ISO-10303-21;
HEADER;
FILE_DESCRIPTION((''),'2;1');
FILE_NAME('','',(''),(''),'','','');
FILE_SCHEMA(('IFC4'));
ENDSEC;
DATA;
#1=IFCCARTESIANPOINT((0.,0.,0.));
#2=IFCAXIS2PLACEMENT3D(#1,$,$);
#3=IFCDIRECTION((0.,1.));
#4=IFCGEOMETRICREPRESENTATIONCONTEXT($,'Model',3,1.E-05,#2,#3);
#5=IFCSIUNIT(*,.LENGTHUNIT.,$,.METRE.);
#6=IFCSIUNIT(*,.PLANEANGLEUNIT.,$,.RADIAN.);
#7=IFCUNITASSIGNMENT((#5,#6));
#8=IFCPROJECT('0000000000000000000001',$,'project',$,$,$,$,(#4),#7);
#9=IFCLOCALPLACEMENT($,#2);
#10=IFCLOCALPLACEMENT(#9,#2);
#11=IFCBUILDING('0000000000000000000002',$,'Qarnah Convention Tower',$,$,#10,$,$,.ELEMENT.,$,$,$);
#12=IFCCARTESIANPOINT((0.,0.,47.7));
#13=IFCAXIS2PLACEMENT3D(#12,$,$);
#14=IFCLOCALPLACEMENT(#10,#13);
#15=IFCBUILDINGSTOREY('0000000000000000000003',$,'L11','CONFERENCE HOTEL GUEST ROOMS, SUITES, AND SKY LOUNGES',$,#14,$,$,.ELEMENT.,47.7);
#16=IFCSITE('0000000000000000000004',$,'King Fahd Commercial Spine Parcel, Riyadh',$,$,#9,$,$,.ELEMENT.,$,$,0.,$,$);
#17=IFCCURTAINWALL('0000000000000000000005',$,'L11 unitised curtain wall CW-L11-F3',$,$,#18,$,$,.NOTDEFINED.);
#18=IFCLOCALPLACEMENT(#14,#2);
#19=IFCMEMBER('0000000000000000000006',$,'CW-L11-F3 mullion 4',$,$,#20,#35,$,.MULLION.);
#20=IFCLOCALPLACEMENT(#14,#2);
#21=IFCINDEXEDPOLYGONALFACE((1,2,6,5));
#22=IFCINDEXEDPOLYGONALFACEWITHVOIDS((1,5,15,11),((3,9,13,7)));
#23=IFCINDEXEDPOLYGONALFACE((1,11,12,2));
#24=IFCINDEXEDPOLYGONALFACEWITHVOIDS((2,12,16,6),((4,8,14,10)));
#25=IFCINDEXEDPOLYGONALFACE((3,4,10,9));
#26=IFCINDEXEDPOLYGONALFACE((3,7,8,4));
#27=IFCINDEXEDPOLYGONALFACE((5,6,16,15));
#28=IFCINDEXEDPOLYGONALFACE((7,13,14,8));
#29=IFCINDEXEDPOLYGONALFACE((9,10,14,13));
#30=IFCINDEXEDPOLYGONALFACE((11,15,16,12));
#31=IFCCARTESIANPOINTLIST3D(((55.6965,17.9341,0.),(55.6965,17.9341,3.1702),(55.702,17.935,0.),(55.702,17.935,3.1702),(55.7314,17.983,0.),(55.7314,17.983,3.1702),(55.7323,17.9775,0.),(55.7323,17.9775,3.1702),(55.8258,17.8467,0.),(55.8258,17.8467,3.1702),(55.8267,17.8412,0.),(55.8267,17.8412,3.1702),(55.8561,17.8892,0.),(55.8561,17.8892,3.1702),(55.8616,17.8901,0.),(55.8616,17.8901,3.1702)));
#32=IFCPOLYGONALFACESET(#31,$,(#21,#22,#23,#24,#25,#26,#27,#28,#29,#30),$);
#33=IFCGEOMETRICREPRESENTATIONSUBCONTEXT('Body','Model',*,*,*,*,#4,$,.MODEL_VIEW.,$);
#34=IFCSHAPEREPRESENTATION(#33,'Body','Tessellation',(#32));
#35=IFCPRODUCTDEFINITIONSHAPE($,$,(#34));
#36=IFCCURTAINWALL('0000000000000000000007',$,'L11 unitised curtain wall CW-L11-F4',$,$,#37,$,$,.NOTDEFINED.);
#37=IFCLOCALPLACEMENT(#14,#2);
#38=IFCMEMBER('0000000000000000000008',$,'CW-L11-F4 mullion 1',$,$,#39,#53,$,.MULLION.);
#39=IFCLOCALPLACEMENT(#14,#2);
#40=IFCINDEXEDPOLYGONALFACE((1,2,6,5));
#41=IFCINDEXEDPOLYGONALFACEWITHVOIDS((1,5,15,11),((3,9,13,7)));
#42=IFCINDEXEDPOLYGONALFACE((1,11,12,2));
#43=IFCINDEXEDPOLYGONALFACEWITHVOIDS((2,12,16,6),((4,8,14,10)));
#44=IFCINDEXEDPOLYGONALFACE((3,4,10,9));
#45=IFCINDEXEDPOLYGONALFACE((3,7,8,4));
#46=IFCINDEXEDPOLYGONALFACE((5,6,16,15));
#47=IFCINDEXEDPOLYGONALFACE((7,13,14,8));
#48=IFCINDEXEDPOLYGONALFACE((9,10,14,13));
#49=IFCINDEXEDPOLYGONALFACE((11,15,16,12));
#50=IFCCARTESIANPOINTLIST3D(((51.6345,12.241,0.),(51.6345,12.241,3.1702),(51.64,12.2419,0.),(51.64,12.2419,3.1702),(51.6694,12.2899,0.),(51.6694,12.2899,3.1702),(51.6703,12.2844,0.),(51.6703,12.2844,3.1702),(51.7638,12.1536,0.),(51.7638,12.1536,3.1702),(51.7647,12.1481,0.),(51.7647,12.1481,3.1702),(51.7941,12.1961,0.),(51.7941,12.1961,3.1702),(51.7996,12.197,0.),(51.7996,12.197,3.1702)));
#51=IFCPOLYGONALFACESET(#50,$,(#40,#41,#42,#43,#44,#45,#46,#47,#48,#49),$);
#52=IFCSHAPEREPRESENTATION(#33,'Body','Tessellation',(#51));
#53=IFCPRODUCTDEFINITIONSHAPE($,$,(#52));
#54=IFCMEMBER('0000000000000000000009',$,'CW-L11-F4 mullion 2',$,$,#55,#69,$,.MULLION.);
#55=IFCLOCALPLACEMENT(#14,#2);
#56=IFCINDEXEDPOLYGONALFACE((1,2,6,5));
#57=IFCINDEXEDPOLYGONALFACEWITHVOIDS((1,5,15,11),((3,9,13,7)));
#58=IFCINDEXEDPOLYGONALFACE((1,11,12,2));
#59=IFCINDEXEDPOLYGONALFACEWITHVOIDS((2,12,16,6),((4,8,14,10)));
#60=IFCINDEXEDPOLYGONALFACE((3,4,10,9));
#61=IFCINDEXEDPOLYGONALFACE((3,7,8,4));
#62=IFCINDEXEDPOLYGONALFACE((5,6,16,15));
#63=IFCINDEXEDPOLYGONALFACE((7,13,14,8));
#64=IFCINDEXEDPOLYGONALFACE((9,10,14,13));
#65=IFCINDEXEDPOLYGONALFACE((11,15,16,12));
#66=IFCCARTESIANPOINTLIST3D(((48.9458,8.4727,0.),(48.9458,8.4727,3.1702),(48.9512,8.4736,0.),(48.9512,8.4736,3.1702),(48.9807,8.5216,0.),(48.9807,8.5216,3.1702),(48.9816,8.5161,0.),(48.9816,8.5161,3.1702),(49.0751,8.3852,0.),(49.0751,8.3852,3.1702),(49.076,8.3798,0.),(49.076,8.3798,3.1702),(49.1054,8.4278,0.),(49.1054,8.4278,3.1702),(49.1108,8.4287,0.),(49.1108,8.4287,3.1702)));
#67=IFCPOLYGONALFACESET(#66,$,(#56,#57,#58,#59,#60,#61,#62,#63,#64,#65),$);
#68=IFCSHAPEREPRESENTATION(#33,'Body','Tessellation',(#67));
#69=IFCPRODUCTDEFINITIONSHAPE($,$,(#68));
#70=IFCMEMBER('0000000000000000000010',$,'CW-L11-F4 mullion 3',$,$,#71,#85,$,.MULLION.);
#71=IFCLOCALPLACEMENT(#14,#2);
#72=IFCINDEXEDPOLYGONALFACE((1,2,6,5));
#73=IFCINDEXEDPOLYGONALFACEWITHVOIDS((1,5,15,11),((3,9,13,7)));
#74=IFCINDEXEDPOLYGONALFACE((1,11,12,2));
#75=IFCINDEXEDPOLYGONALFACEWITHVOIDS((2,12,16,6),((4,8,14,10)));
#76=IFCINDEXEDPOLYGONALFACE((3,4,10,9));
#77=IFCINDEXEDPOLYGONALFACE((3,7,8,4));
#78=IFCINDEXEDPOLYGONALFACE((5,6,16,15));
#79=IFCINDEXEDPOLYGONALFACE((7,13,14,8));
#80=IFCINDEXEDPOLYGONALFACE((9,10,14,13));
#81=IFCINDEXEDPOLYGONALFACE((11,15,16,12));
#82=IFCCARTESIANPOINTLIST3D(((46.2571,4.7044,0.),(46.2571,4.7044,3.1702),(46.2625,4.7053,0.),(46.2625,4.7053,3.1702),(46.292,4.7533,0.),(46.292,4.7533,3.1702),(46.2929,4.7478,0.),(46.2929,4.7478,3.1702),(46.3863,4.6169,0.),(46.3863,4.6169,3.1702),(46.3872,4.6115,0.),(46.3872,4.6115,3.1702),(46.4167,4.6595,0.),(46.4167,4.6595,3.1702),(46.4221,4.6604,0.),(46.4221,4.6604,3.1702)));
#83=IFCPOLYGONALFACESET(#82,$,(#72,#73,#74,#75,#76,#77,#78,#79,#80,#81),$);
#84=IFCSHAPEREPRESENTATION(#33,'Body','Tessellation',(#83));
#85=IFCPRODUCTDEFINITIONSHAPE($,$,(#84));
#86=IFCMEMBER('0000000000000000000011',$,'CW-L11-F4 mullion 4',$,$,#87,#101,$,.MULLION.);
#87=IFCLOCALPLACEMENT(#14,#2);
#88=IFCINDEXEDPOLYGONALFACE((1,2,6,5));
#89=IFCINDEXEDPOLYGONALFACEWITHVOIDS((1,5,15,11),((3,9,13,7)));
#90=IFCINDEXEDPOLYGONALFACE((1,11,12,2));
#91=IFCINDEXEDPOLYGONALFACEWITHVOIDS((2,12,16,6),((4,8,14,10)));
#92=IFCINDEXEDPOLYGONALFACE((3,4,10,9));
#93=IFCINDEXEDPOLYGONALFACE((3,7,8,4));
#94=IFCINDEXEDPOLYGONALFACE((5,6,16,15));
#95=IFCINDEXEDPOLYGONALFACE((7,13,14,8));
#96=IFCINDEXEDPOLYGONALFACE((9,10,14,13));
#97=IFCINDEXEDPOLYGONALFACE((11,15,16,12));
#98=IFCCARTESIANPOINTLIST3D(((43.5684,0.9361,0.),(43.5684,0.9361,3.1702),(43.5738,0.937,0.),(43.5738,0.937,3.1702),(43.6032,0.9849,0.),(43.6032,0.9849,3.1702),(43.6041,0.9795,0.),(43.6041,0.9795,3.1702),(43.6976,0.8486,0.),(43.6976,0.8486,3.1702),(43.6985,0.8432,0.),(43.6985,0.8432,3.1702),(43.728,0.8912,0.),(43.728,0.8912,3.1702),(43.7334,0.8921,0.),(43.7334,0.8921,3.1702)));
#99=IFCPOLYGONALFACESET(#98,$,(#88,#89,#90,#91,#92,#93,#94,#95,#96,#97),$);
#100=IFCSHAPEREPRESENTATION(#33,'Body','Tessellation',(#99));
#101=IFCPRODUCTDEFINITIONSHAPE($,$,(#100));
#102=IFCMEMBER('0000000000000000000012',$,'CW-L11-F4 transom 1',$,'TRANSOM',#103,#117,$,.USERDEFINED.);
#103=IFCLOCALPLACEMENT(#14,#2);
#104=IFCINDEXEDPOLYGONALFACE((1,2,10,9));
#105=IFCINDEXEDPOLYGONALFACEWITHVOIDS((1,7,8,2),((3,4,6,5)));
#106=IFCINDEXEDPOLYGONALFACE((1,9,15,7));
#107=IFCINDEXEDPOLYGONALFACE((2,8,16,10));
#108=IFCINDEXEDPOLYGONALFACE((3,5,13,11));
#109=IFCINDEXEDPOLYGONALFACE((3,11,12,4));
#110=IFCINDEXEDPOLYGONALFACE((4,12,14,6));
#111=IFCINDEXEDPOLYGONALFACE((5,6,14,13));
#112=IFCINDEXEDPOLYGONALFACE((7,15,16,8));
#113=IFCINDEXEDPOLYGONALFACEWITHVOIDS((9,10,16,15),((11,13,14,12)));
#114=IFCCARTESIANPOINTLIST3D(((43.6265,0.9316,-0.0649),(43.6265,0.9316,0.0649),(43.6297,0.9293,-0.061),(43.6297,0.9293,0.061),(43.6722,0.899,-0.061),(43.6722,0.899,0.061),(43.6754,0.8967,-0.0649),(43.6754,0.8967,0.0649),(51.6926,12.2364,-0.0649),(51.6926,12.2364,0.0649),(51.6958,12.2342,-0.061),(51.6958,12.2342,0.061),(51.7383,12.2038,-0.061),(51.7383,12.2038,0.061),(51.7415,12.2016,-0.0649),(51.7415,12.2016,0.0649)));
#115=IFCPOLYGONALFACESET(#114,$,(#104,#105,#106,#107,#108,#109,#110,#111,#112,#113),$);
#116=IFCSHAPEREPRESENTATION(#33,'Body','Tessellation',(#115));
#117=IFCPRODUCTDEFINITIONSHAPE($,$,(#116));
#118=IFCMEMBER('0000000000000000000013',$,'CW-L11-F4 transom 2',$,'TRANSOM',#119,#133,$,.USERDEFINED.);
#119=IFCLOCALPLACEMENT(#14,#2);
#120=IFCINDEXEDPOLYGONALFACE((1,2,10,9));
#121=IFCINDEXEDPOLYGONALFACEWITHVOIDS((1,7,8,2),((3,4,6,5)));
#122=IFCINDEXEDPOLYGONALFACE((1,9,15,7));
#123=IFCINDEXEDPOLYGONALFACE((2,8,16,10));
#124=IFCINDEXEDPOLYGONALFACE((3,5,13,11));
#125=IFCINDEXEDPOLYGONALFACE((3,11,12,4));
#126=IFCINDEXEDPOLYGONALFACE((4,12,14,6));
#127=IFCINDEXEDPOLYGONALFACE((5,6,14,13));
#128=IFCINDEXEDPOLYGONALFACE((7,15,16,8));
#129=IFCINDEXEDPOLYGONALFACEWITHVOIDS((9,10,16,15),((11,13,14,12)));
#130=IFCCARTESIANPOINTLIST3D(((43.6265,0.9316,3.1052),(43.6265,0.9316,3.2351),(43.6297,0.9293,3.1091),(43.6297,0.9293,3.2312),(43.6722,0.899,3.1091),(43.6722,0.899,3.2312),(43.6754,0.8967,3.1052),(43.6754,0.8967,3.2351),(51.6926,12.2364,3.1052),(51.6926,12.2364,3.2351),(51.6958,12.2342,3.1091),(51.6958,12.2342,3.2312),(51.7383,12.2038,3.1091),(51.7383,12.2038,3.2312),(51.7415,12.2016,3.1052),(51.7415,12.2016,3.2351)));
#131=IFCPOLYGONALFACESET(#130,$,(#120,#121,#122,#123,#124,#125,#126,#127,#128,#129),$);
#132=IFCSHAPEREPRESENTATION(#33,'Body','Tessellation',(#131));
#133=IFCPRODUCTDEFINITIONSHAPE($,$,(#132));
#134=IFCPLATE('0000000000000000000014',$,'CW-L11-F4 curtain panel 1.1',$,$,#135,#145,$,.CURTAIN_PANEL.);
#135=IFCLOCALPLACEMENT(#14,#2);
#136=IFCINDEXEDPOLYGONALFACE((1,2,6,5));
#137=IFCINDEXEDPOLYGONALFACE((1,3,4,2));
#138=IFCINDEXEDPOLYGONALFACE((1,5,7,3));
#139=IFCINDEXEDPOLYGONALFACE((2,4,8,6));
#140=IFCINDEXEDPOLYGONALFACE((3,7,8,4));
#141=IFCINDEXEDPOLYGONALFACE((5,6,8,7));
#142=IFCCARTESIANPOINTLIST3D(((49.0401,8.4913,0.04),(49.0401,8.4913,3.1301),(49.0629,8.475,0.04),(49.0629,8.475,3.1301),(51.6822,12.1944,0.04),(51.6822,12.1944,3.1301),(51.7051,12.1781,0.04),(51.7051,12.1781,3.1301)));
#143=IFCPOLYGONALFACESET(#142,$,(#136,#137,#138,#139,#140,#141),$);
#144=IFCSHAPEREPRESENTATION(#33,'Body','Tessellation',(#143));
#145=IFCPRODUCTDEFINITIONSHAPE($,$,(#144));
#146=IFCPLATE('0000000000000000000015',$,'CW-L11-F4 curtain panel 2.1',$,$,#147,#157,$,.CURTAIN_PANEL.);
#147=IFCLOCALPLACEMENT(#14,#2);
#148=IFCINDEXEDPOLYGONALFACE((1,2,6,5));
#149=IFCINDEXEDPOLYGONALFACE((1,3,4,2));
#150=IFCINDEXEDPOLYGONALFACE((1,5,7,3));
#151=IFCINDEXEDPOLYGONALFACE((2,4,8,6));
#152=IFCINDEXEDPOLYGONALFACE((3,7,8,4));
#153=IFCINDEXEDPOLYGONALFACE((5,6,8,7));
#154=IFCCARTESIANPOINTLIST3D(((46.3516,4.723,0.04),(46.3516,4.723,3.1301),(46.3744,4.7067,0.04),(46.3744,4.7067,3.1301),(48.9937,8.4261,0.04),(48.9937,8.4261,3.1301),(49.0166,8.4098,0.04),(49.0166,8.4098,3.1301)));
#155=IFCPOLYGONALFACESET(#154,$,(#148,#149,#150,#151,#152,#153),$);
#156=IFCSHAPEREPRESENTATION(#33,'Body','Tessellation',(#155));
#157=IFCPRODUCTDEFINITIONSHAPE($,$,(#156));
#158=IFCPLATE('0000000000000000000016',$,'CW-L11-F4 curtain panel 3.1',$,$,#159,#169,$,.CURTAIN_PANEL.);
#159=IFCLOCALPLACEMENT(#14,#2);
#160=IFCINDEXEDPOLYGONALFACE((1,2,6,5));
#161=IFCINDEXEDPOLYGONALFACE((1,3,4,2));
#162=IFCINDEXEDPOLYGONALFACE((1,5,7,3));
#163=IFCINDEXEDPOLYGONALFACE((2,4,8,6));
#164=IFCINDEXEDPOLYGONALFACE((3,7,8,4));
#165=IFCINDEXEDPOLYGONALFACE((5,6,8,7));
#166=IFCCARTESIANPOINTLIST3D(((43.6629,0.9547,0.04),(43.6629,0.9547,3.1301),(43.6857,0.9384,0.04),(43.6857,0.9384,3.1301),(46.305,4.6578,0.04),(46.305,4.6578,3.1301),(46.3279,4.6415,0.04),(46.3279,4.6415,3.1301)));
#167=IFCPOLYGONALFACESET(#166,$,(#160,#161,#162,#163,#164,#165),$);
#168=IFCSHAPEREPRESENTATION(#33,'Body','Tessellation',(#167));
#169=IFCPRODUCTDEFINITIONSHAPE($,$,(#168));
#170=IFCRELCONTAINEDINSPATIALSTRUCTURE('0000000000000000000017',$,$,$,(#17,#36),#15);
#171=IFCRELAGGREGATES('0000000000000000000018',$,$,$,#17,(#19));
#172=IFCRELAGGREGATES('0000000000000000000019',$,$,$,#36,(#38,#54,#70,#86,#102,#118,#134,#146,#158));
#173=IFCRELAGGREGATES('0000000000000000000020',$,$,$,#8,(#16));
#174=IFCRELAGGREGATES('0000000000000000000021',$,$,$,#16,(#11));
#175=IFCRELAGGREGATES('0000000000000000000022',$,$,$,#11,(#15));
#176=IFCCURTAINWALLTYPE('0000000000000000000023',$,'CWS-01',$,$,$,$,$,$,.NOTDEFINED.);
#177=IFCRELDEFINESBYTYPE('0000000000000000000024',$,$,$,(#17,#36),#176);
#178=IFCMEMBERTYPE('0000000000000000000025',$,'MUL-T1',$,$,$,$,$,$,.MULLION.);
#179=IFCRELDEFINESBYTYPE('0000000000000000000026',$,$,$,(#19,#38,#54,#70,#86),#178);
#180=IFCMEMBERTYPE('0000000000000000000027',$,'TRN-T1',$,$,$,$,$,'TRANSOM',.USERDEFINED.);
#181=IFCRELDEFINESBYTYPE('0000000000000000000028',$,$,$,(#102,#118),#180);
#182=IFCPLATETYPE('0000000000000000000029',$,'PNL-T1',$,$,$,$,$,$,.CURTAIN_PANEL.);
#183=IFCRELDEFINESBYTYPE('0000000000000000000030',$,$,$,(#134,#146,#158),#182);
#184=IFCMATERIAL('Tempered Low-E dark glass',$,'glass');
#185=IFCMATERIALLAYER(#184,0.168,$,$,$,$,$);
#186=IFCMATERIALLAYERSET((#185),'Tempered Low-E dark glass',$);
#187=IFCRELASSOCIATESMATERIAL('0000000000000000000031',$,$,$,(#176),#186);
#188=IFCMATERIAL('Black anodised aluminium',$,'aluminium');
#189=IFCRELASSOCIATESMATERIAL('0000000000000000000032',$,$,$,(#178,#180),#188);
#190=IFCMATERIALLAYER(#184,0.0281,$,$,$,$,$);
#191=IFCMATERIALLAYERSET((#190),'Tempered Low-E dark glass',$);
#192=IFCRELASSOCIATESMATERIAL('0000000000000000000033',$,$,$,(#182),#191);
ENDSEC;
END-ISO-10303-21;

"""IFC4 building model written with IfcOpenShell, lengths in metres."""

from ifc_helpers import new_model, si_unit, direction, frame, origin, origin_2d, place, context, subcontext, project, spatial, rectangle, hollow_rectangle, extrude, material, layer, layer_set, material_profile, profile_set, type_object, element, aggregate, save


model = new_model("IFC4")

# Units and contexts
model_context = context("Model", 3, precision=1e-05, world=origin(), true_north=direction((0.0, 1.0)))
body_context = subcontext(model_context, "Body", "Model", "MODEL_VIEW")
ifc_project = project(units=[si_unit("LENGTHUNIT", "METRE"), si_unit("PLANEANGLEUNIT", "RADIAN")], contexts=[model_context])

# Site, building, storey
site_placement = place(None, origin())
site = spatial("IfcSite", under=ifc_project, at=site_placement, Name="King Fahd Commercial Spine Parcel, Riyadh", CompositionType="ELEMENT", RefElevation=0.0)
building_placement = place(site_placement, origin())
building = spatial("IfcBuilding", under=site, at=building_placement, Name="Qarnah Convention Tower", CompositionType="ELEMENT")
storey_placement = place(building_placement, frame((0.0, 0.0, 47.7)))
storey = spatial("IfcBuildingStorey", under=building, at=storey_placement, Name="L11", Description="CONFERENCE HOTEL GUEST ROOMS, SUITES, AND SKY LOUNGES", CompositionType="ELEMENT", Elevation=47.7)

# Curtain wall, member
ifc_material_1 = material(Name="Tempered Low-E dark glass", Category="glass")
ifc_layer_1 = layer(ifc_material_1, 0.168)
ifc_layer_set_1 = layer_set([ifc_layer_1], Name="Tempered Low-E dark glass")
curtain_wall_type = type_object("IfcCurtainWallType", Name="CWS-01", PredefinedType="NOTDEFINED", material=ifc_layer_set_1)
curtain_wall_1_placement = place(storey_placement, origin())
curtain_wall_1 = element("IfcCurtainWall", 1, at=curtain_wall_1_placement, inside=storey, type_object=curtain_wall_type, Name="L11 unitised curtain wall CW-L11-F3", PredefinedType="NOTDEFINED")
ifc_material_2 = material(Name="Black anodised aluminium", Category="aluminium")
ifc_material_profile_1 = material_profile(ifc_material_2, hollow_rectangle(XDim=0.0601, YDim=0.1599, WallThickness=0.0039, at=origin_2d()), Name="MUL-60X160")
ifc_profile_set_1 = profile_set([ifc_material_profile_1], Name="Black anodised aluminium")
member_type_1 = type_object("IfcMemberType", Name="MUL-T1", PredefinedType="MULLION", material=ifc_profile_set_1)
member_1_placement = place(storey_placement, frame((55.7791, 17.9121, 0.0), z_axis=(0.0, 0.0, 1.0), x_axis=(-0.580808, -0.81404, 0.0)))
member_1 = element("IfcMember", 2, at=member_1_placement, type_object=member_type_1, Name="CW-L11-F3 mullion 4", PredefinedType="MULLION", context=body_context, shape_type="SweptSolid", body=[
    extrude(hollow_rectangle(XDim=0.0601, YDim=0.1599, WallThickness=0.0039, at=origin_2d()), origin(), (0.0, 0.0, 1.0), 3.1702),
])
aggregate(curtain_wall_1, [member_1])

# Curtain wall, members, plates
curtain_wall_2_placement = place(storey_placement, origin())
curtain_wall_2 = element("IfcCurtainWall", 3, at=curtain_wall_2_placement, inside=storey, type_object=curtain_wall_type, Name="L11 unitised curtain wall CW-L11-F4", PredefinedType="NOTDEFINED")
member_2_placement = place(storey_placement, frame((51.717, 12.219, 0.0), z_axis=(0.0, 0.0, 1.0), x_axis=(-0.580809, -0.81404, 0.0)))
member_2 = element("IfcMember", 4, at=member_2_placement, type_object=member_type_1, Name="CW-L11-F4 mullion 1", PredefinedType="MULLION", context=body_context, shape_type="SweptSolid", body=[
    extrude(hollow_rectangle(XDim=0.0601, YDim=0.1599, WallThickness=0.0039, at=origin_2d()), origin(), (0.0, 0.0, 1.0), 3.1702),
])
member_3_placement = place(storey_placement, frame((49.0283, 8.4507, 0.0), z_axis=(0.0, 0.0, 1.0), x_axis=(-0.580809, -0.81404, 0.0)))
member_3 = element("IfcMember", 5, at=member_3_placement, type_object=member_type_1, Name="CW-L11-F4 mullion 2", PredefinedType="MULLION", context=body_context, shape_type="SweptSolid", body=[
    extrude(hollow_rectangle(XDim=0.0601, YDim=0.1599, WallThickness=0.0039, at=origin_2d()), origin(), (0.0, 0.0, 1.0), 3.1702),
])
member_4_placement = place(storey_placement, frame((46.3396, 4.6824, 0.0), z_axis=(0.0, 0.0, 1.0), x_axis=(-0.580809, -0.81404, 0.0)))
member_4 = element("IfcMember", 6, at=member_4_placement, type_object=member_type_1, Name="CW-L11-F4 mullion 3", PredefinedType="MULLION", context=body_context, shape_type="SweptSolid", body=[
    extrude(hollow_rectangle(XDim=0.0601, YDim=0.1599, WallThickness=0.0039, at=origin_2d()), origin(), (0.0, 0.0, 1.0), 3.1702),
])
member_5_placement = place(storey_placement, frame((43.6509, 0.9141, 0.0), z_axis=(0.0, 0.0, 1.0), x_axis=(-0.580809, -0.81404, 0.0)))
member_5 = element("IfcMember", 7, at=member_5_placement, type_object=member_type_1, Name="CW-L11-F4 mullion 4", PredefinedType="MULLION", context=body_context, shape_type="SweptSolid", body=[
    extrude(hollow_rectangle(XDim=0.0601, YDim=0.1599, WallThickness=0.0039, at=origin_2d()), origin(), (0.0, 0.0, 1.0), 3.1702),
])
ifc_material_profile_2 = material_profile(ifc_material_2, hollow_rectangle(XDim=0.0601, YDim=0.1299, WallThickness=0.0039, at=origin_2d()), Name="TRN-60X130")
ifc_profile_set_2 = profile_set([ifc_material_profile_2], Name="Black anodised aluminium")
member_type_2 = type_object("IfcMemberType", Name="TRN-T1", ElementType="TRANSOM", PredefinedType="USERDEFINED", material=ifc_profile_set_2)
member_6_placement = place(storey_placement, frame((51.717, 12.219, 0.0), z_axis=(-0.580819, -0.814033, 0.0), x_axis=(0.814033, -0.580819, 0.0)))
member_6 = element("IfcMember", 8, at=member_6_placement, type_object=member_type_2, Name="CW-L11-F4 transom 1", ObjectType="TRANSOM", PredefinedType="USERDEFINED", context=body_context, shape_type="SweptSolid", body=[
    extrude(hollow_rectangle(XDim=0.0601, YDim=0.1299, WallThickness=0.0039, at=origin_2d()), origin(), (0.0, 0.0, 1.0), 13.8875),
])
member_7_placement = place(storey_placement, frame((51.717, 12.219, 3.1702), z_axis=(-0.580819, -0.814033, 0.0), x_axis=(0.814033, -0.580819, 0.0)))
member_7 = element("IfcMember", 9, at=member_7_placement, type_object=member_type_2, Name="CW-L11-F4 transom 2", ObjectType="TRANSOM", PredefinedType="USERDEFINED", context=body_context, shape_type="SweptSolid", body=[
    extrude(hollow_rectangle(XDim=0.0601, YDim=0.1299, WallThickness=0.0039, at=origin_2d()), origin(), (0.0, 0.0, 1.0), 13.8875),
])
ifc_layer_2 = layer(ifc_material_1, 0.0281)
ifc_layer_set_2 = layer_set([ifc_layer_2], Name="Tempered Low-E dark glass")
plate_type = type_object("IfcPlateType", Name="PNL-T1", PredefinedType="CURTAIN_PANEL", material=ifc_layer_set_2)
plate_1_placement = place(storey_placement, frame((50.3726, 10.3347, 0.04), z_axis=(0.0, 0.0, 1.0), x_axis=(-0.580809, -0.81404, 0.0)))
plate_1 = element("IfcPlate", 10, at=plate_1_placement, type_object=plate_type, Name="CW-L11-F4 curtain panel 1.1", PredefinedType="CURTAIN_PANEL", context=body_context, shape_type="SweptSolid", body=[
    extrude(rectangle(XDim=4.5491, YDim=0.0281, at=origin_2d()), origin(), (0.0, 0.0, 1.0), 3.0901),
])
plate_2_placement = place(storey_placement, frame((47.6841, 6.5664, 0.04), z_axis=(0.0, 0.0, 1.0), x_axis=(-0.580809, -0.81404, 0.0)))
plate_2 = element("IfcPlate", 11, at=plate_2_placement, type_object=plate_type, Name="CW-L11-F4 curtain panel 2.1", PredefinedType="CURTAIN_PANEL", context=body_context, shape_type="SweptSolid", body=[
    extrude(rectangle(XDim=4.5491, YDim=0.0281, at=origin_2d()), origin(), (0.0, 0.0, 1.0), 3.0901),
])
plate_3_placement = place(storey_placement, frame((44.9954, 2.7981, 0.04), z_axis=(0.0, 0.0, 1.0), x_axis=(-0.580809, -0.81404, 0.0)))
plate_3 = element("IfcPlate", 12, at=plate_3_placement, type_object=plate_type, Name="CW-L11-F4 curtain panel 3.1", PredefinedType="CURTAIN_PANEL", context=body_context, shape_type="SweptSolid", body=[
    extrude(rectangle(XDim=4.5491, YDim=0.0281, at=origin_2d()), origin(), (0.0, 0.0, 1.0), 3.0901),
])
aggregate(curtain_wall_2, [member_2, member_3, member_4, member_5, member_6, member_7, plate_1, plate_2, plate_3])

save(model, "model.ifc")
